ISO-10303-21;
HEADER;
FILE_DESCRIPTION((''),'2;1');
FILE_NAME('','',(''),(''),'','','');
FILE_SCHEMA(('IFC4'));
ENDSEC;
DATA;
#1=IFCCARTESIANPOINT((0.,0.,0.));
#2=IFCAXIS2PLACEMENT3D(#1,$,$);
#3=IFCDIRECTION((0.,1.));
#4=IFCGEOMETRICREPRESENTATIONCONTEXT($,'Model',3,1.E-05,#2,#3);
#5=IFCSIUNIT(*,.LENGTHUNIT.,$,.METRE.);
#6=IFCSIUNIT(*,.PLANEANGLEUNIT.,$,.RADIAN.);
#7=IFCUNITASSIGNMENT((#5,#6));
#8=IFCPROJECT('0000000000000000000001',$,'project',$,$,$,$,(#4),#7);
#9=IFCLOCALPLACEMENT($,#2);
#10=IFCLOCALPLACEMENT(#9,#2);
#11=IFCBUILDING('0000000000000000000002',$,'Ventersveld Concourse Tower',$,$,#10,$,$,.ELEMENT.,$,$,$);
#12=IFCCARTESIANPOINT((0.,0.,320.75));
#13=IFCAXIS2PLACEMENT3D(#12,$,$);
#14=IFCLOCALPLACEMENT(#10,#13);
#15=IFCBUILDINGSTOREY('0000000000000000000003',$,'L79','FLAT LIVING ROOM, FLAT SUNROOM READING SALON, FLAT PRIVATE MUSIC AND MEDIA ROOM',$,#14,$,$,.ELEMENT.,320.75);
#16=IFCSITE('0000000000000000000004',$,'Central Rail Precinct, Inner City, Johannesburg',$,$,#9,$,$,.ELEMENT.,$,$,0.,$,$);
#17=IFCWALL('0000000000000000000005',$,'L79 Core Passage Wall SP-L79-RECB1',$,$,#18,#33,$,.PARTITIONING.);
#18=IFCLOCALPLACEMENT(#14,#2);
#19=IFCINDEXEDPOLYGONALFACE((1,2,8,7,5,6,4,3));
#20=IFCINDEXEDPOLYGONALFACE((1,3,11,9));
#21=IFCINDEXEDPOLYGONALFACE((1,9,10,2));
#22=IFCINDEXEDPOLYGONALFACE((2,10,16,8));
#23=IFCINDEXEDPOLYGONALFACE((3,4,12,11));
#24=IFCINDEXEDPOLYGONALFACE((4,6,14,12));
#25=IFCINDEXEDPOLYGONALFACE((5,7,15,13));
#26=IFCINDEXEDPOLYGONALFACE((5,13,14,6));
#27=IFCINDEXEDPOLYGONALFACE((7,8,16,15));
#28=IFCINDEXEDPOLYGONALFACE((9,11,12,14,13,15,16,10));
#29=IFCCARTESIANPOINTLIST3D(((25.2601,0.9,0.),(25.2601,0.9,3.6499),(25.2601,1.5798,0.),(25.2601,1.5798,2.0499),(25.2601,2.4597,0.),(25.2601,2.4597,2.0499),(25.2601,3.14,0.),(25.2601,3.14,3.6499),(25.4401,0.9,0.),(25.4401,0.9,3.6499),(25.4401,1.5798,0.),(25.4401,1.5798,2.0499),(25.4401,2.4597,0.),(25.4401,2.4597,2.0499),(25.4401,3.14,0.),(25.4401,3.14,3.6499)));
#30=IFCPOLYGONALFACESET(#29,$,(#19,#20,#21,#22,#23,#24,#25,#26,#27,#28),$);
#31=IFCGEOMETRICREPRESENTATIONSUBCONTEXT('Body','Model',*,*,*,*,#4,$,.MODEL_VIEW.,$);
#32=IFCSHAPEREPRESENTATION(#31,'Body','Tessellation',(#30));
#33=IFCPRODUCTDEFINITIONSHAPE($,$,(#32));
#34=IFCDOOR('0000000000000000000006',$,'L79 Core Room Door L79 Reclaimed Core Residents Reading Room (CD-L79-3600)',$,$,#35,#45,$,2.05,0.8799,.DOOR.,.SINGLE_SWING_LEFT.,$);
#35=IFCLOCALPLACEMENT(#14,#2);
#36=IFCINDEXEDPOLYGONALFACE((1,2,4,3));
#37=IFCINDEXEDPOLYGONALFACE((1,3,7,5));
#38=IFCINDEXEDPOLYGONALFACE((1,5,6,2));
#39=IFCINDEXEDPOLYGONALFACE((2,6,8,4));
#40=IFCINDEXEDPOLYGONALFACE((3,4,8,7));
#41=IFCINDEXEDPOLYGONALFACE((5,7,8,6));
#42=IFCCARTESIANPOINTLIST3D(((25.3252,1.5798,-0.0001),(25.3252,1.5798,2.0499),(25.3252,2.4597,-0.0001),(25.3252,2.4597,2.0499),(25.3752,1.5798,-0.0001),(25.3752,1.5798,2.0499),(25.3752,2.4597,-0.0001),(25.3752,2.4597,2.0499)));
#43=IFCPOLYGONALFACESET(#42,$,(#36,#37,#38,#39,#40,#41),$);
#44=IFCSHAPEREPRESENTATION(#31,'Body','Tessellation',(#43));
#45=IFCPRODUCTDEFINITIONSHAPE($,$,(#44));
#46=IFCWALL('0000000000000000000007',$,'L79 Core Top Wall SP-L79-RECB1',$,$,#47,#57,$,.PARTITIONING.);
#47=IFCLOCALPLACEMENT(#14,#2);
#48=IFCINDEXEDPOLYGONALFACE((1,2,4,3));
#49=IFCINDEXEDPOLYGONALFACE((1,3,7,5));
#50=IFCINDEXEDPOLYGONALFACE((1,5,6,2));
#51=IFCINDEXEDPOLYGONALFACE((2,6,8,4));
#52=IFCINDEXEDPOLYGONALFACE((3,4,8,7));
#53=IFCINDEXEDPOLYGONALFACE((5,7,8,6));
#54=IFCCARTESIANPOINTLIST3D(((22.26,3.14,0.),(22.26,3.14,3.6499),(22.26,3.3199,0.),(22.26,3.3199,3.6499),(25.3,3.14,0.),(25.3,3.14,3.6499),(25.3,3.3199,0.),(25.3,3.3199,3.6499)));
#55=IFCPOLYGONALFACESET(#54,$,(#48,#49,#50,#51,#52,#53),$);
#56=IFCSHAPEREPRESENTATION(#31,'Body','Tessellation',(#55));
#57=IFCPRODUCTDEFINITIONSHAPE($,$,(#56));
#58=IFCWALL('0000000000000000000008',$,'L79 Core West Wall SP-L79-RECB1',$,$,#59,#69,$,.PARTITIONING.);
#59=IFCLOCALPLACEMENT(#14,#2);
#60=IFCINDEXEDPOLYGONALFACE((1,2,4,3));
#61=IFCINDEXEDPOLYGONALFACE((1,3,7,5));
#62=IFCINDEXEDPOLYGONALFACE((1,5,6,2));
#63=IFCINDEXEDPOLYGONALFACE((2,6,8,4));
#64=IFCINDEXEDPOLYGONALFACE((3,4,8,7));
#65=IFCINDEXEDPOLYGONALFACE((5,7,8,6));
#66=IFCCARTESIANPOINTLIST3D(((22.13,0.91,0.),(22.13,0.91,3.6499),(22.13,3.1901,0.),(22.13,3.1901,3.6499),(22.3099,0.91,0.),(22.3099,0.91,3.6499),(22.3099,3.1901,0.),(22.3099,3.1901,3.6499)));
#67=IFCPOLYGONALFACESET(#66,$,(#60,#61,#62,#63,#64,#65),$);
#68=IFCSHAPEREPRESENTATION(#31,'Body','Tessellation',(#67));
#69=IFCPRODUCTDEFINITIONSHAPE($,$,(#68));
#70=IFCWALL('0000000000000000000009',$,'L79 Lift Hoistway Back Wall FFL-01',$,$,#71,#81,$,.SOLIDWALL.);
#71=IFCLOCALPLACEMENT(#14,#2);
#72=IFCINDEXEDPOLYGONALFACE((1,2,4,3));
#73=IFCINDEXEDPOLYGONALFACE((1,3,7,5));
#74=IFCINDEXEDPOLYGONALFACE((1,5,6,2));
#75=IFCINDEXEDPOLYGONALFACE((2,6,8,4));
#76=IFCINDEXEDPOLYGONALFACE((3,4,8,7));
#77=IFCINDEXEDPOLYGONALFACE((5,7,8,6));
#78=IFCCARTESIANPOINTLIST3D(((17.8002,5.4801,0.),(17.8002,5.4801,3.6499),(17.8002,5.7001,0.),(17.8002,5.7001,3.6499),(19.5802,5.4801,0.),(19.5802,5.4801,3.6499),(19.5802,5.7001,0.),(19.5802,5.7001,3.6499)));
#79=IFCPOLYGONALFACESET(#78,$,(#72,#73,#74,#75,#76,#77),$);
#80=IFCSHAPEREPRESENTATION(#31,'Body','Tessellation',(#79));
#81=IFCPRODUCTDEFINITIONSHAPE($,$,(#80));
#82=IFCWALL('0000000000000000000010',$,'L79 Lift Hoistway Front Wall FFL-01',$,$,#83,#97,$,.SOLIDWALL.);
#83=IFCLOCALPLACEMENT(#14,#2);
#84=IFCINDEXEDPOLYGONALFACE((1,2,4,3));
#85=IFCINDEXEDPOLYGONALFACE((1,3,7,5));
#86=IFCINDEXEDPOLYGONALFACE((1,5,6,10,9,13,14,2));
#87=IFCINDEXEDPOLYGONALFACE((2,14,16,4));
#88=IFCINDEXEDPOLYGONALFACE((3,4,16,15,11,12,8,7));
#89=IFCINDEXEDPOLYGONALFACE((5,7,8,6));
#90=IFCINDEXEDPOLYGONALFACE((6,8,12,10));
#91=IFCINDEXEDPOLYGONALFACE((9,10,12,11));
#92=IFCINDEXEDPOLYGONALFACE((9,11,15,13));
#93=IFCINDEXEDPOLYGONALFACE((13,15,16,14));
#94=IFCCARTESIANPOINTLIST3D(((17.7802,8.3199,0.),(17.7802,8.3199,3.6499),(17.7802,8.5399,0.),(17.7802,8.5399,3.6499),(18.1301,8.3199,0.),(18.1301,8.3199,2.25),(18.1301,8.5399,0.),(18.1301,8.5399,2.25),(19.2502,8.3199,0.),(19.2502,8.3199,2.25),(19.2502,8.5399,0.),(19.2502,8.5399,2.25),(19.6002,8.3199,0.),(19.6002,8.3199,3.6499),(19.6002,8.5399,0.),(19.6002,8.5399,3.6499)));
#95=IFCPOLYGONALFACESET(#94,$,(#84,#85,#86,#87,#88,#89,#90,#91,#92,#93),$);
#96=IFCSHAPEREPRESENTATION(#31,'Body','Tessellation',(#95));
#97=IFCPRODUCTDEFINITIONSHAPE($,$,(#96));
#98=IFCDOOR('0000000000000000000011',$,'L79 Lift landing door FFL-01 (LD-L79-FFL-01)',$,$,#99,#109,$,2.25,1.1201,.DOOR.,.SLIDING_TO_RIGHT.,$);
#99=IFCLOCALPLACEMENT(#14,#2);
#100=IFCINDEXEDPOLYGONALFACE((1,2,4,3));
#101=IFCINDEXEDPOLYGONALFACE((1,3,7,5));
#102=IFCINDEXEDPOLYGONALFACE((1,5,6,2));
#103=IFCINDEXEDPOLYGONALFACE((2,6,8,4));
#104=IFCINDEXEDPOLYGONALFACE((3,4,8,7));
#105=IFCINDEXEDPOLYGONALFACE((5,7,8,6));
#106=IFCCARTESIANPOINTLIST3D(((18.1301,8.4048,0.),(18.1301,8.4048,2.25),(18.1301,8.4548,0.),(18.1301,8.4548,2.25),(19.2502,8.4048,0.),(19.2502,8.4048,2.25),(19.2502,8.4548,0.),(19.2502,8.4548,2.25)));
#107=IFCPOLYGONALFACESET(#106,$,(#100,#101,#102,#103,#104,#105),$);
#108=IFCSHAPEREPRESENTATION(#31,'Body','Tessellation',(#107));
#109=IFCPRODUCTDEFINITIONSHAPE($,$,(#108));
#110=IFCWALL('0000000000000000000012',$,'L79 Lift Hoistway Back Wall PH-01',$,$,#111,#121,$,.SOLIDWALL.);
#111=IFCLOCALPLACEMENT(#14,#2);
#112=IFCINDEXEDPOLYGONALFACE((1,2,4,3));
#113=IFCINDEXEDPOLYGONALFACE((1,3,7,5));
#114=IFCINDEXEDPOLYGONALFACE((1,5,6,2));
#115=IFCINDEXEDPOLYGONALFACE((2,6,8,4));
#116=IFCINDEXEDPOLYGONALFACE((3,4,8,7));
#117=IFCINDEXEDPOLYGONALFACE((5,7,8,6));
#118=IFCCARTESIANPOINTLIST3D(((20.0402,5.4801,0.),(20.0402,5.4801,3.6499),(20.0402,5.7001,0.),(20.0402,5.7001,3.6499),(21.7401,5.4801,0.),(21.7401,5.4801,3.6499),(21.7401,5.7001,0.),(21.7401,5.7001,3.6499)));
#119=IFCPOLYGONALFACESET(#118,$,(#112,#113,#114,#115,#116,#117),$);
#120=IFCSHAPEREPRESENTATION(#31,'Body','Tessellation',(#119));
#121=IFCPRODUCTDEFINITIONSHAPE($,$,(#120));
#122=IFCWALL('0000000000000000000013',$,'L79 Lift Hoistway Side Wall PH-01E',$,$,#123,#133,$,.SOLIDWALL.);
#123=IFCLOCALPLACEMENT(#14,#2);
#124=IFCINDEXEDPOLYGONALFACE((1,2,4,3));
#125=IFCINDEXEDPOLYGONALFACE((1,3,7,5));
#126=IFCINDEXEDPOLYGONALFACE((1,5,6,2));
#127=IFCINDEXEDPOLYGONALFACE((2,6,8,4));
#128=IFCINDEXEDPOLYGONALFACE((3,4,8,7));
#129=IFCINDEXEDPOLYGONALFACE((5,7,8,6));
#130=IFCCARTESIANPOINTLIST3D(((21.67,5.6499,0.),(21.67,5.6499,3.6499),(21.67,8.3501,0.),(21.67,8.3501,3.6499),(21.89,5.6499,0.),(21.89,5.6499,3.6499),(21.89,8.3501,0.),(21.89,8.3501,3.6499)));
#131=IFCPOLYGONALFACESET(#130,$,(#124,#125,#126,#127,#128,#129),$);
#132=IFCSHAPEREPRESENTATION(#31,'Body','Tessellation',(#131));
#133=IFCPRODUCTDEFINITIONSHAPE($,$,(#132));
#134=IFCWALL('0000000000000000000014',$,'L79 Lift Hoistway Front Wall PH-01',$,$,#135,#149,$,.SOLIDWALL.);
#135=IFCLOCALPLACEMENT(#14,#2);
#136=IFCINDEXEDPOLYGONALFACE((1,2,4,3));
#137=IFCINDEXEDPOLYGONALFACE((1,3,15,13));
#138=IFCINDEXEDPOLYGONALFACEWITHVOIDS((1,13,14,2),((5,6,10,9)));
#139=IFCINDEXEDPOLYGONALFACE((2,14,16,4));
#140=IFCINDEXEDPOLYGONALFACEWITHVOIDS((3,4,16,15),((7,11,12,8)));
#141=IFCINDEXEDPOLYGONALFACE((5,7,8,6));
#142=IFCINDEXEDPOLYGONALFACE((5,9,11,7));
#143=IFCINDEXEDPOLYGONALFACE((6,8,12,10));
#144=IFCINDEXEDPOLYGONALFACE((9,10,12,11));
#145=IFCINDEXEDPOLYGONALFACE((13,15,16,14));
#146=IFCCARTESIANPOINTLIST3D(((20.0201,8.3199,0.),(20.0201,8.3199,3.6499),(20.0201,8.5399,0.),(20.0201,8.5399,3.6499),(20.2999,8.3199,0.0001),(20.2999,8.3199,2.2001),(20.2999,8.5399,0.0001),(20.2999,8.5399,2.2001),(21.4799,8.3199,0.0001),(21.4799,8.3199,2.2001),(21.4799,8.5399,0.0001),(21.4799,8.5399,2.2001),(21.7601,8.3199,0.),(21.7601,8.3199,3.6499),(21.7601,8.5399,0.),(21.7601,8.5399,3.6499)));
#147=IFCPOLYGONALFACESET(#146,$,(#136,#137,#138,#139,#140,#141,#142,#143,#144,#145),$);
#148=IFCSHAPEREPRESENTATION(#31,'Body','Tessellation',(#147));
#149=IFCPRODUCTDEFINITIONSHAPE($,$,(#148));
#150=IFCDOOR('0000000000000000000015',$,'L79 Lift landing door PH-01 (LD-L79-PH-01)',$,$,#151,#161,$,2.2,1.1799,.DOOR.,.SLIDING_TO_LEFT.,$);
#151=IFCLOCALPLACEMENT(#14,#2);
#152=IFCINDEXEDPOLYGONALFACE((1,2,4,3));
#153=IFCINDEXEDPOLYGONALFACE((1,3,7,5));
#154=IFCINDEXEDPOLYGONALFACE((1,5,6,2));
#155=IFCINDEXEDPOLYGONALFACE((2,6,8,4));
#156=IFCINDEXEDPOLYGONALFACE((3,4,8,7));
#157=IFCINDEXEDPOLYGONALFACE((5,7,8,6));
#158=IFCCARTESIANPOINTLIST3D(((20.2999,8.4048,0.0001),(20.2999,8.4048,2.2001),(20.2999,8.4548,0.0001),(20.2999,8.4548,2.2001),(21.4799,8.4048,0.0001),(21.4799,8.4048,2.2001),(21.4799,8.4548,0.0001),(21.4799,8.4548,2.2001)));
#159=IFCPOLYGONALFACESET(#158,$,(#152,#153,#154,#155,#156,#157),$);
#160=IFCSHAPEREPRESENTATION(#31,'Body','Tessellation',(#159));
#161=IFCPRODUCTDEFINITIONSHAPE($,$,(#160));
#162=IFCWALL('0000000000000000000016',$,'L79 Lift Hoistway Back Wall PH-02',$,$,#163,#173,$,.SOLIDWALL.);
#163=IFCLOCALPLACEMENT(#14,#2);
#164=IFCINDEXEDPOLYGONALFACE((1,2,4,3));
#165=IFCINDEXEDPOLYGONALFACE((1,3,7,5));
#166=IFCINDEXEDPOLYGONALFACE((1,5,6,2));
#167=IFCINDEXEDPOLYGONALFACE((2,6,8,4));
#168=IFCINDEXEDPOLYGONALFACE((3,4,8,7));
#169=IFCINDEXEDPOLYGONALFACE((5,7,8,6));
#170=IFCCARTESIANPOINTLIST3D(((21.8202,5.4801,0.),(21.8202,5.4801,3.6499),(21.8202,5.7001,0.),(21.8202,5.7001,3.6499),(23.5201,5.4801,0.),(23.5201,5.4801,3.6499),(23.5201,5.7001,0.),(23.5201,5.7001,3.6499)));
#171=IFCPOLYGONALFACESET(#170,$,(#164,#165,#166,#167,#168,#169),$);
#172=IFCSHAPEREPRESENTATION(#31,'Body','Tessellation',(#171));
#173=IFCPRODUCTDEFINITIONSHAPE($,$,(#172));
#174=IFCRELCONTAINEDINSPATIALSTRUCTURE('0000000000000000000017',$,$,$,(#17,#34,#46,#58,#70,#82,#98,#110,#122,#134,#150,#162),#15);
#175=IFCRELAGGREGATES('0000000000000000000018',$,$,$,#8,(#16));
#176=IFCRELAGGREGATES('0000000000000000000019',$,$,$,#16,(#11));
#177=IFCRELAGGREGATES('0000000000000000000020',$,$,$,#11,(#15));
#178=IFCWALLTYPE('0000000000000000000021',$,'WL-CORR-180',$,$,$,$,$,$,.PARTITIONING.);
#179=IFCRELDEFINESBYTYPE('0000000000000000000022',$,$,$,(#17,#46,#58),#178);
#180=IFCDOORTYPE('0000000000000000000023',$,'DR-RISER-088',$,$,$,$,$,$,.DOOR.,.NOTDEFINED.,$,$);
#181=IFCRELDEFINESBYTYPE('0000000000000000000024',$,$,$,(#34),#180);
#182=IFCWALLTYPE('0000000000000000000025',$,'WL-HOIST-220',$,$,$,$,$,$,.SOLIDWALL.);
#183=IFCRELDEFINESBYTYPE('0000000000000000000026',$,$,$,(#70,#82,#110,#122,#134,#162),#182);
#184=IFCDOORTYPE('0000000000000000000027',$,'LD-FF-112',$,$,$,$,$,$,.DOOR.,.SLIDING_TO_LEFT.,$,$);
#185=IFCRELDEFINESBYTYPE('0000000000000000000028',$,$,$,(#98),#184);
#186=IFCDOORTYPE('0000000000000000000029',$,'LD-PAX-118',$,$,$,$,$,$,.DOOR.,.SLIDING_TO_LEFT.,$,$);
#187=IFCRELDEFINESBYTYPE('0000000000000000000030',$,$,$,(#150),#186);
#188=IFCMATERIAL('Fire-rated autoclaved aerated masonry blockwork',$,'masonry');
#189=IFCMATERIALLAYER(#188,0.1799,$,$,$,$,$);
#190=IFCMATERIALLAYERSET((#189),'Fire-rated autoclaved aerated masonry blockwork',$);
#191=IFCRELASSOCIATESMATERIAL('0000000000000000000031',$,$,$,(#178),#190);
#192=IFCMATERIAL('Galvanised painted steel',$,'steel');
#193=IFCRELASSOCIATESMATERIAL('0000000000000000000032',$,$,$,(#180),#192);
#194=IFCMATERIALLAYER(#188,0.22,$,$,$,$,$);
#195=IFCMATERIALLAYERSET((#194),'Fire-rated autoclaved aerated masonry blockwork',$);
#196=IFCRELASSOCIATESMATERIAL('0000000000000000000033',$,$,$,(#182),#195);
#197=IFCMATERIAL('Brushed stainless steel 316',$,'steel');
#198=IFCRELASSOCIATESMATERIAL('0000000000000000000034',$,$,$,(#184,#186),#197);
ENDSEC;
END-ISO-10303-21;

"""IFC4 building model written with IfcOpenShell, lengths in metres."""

from ifc_helpers import new_model, si_unit, direction, frame, frame_2d, origin, place, context, subcontext, project, spatial, rectangle, extrude, material, layer, layer_set, type_object, element, fill, save


model = new_model("IFC4")

# Units and contexts
model_context = context("Model", 3, precision=1e-05, world=origin(), true_north=direction((0.0, 1.0)))
body_context = subcontext(model_context, "Body", "Model", "MODEL_VIEW")
ifc_project = project(units=[si_unit("LENGTHUNIT", "METRE"), si_unit("PLANEANGLEUNIT", "RADIAN")], contexts=[model_context])

# Site, building, storey
site_placement = place(None, origin())
site = spatial("IfcSite", under=ifc_project, at=site_placement, Name="Central Rail Precinct, Inner City, Johannesburg", CompositionType="ELEMENT", RefElevation=0.0)
building_placement = place(site_placement, origin())
building = spatial("IfcBuilding", under=site, at=building_placement, Name="Ventersveld Concourse Tower", CompositionType="ELEMENT")
storey_placement = place(building_placement, frame((0.0, 0.0, 320.75)))
storey = spatial("IfcBuildingStorey", under=building, at=storey_placement, Name="L79", Description="FLAT LIVING ROOM, FLAT SUNROOM READING SALON, FLAT PRIVATE MUSIC AND MEDIA ROOM", CompositionType="ELEMENT", Elevation=320.75)

# Wall, opening, door
ifc_material_1 = material(Name="Fire-rated autoclaved aerated masonry blockwork", Category="masonry")
ifc_layer_1 = layer(ifc_material_1, 0.1799)
ifc_layer_set_1 = layer_set([ifc_layer_1], Name="Fire-rated autoclaved aerated masonry blockwork")
wall_type_1 = type_object("IfcWallType", Name="WL-CORR-180", PredefinedType="PARTITIONING", material=ifc_layer_set_1)
wall_1_placement = place(storey_placement, frame((25.3501, 0.8999, 0.0), z_axis=(0.0, 0.0, 1.0), x_axis=(0.0, 1.0, 0.0)))
wall_1 = element("IfcWall", 1, at=wall_1_placement, inside=storey, type_object=wall_type_1, Name="L79 Core Passage Wall SP-L79-RECB1", PredefinedType="PARTITIONING", context=body_context, shape_type="SweptSolid", body=[
    extrude(rectangle(XDim=2.24, YDim=0.1799, at=frame_2d((1.1201, 0.0))), origin(), (0.0, 0.0, 1.0), 3.6499),
])
opening_1_placement = place(wall_1_placement, frame((0.6799, 0.0, 0.0)))
opening_1 = element("IfcOpeningElement", 2, at=opening_1_placement, cuts=wall_1, PredefinedType="OPENING", context=body_context, shape_type="SweptSolid", body=[
    extrude(rectangle(XDim=0.8799, YDim=2.05, at=frame_2d((0.4399, 1.0249))), frame((0.0, 0.1001, 0.0), z_axis=(0.0, -1.0, 0.0), x_axis=(1.0, 0.0, 0.0)), (0.0, 0.0, 1.0), 0.2),
])
ifc_material_2 = material(Name="Galvanised painted steel", Category="steel")
door_type_1 = type_object("IfcDoorType", Name="DR-RISER-088", OperationType="NOTDEFINED", PredefinedType="DOOR", material=ifc_material_2)
door_1_placement = place(opening_1_placement, origin())
door_1 = element("IfcDoor", 3, at=door_1_placement, inside=storey, type_object=door_type_1, Name="L79 Core Room Door L79 Reclaimed Core Residents Reading Room (CD-L79-3600)", OperationType="SINGLE_SWING_LEFT", OverallHeight=2.05, OverallWidth=0.8799, PredefinedType="DOOR", context=body_context, shape_type="SweptSolid", body=[
    extrude(rectangle(XDim=0.8799, YDim=2.05, at=frame_2d((0.4399, 1.0249))), frame((0.0, 0.0249, 0.0), z_axis=(0.0, -1.0, 0.0), x_axis=(1.0, 0.0, 0.0)), (0.0, 0.0, 1.0), 0.05),
])
fill(opening_1, door_1)

# Walls
wall_2_placement = place(storey_placement, frame((22.26, 3.23, 0.0), z_axis=(0.0, 0.0, 1.0), x_axis=(1.0, 0.0, 0.0)))
element("IfcWall", 4, at=wall_2_placement, inside=storey, type_object=wall_type_1, Name="L79 Core Top Wall SP-L79-RECB1", PredefinedType="PARTITIONING", context=body_context, shape_type="SweptSolid", body=[
    extrude(rectangle(XDim=3.04, YDim=0.1799, at=frame_2d((1.52, 0.0))), origin(), (0.0, 0.0, 1.0), 3.6499),
])
wall_3_placement = place(storey_placement, frame((22.22, 0.9099, 0.0), z_axis=(0.0, 0.0, 1.0), x_axis=(0.0, 1.0, 0.0)))
element("IfcWall", 5, at=wall_3_placement, inside=storey, type_object=wall_type_1, Name="L79 Core West Wall SP-L79-RECB1", PredefinedType="PARTITIONING", context=body_context, shape_type="SweptSolid", body=[
    extrude(rectangle(XDim=2.28, YDim=0.1799, at=frame_2d((1.1401, 0.0))), origin(), (0.0, 0.0, 1.0), 3.6499),
])
ifc_layer_2 = layer(ifc_material_1, 0.22)
ifc_layer_set_2 = layer_set([ifc_layer_2], Name="Fire-rated autoclaved aerated masonry blockwork")
wall_type_2 = type_object("IfcWallType", Name="WL-HOIST-220", PredefinedType="SOLIDWALL", material=ifc_layer_set_2)
wall_4_placement = place(storey_placement, frame((17.8, 5.5901, 0.0), z_axis=(0.0, 0.0, 1.0), x_axis=(1.0, 0.0, 0.0)))
element("IfcWall", 6, at=wall_4_placement, inside=storey, type_object=wall_type_2, Name="L79 Lift Hoistway Back Wall FFL-01", PredefinedType="SOLIDWALL", context=body_context, shape_type="SweptSolid", body=[
    extrude(rectangle(XDim=1.78, YDim=0.22, at=frame_2d((0.8901, 0.0))), origin(), (0.0, 0.0, 1.0), 3.6499),
])

# Wall, opening, door
wall_5_placement = place(storey_placement, frame((17.78, 8.4299, 0.0), z_axis=(0.0, 0.0, 1.0), x_axis=(1.0, 0.0, 0.0)))
wall_5 = element("IfcWall", 7, at=wall_5_placement, inside=storey, type_object=wall_type_2, Name="L79 Lift Hoistway Front Wall FFL-01", PredefinedType="SOLIDWALL", context=body_context, shape_type="SweptSolid", body=[
    extrude(rectangle(XDim=1.8201, YDim=0.22, at=frame_2d((0.9102, 0.0))), origin(), (0.0, 0.0, 1.0), 3.6499),
])
opening_2_placement = place(wall_5_placement, frame((0.3501, 0.0, 0.0)))
opening_2 = element("IfcOpeningElement", 8, at=opening_2_placement, cuts=wall_5, PredefinedType="OPENING", context=body_context, shape_type="SweptSolid", body=[
    extrude(rectangle(XDim=1.1201, YDim=2.25, at=frame_2d((0.5601, 1.125))), frame((0.0, 0.1201, 0.0), z_axis=(0.0, -1.0, 0.0), x_axis=(1.0, 0.0, 0.0)), (0.0, 0.0, 1.0), 0.24),
])
ifc_material_3 = material(Name="Brushed stainless steel 316", Category="steel")
door_type_2 = type_object("IfcDoorType", Name="LD-FF-112", OperationType="SLIDING_TO_LEFT", PredefinedType="DOOR", material=ifc_material_3)
door_2_placement = place(opening_2_placement, origin())
door_2 = element("IfcDoor", 9, at=door_2_placement, inside=storey, type_object=door_type_2, Name="L79 Lift landing door FFL-01 (LD-L79-FFL-01)", OperationType="SLIDING_TO_RIGHT", OverallHeight=2.25, OverallWidth=1.1201, PredefinedType="DOOR", context=body_context, shape_type="SweptSolid", body=[
    extrude(rectangle(XDim=1.1201, YDim=2.25, at=frame_2d((0.5601, 1.125))), frame((0.0, 0.0249, 0.0), z_axis=(0.0, -1.0, 0.0), x_axis=(1.0, 0.0, 0.0)), (0.0, 0.0, 1.0), 0.05),
])
fill(opening_2, door_2)

# Walls
wall_6_placement = place(storey_placement, frame((20.04, 5.5901, 0.0), z_axis=(0.0, 0.0, 1.0), x_axis=(1.0, 0.0, 0.0)))
element("IfcWall", 10, at=wall_6_placement, inside=storey, type_object=wall_type_2, Name="L79 Lift Hoistway Back Wall PH-01", PredefinedType="SOLIDWALL", context=body_context, shape_type="SweptSolid", body=[
    extrude(rectangle(XDim=1.7, YDim=0.22, at=frame_2d((0.8501, 0.0))), origin(), (0.0, 0.0, 1.0), 3.6499),
])
wall_7_placement = place(storey_placement, frame((21.78, 5.6499, 0.0), z_axis=(0.0, 0.0, 1.0), x_axis=(0.0, 1.0, 0.0)))
element("IfcWall", 11, at=wall_7_placement, inside=storey, type_object=wall_type_2, Name="L79 Lift Hoistway Side Wall PH-01E", PredefinedType="SOLIDWALL", context=body_context, shape_type="SweptSolid", body=[
    extrude(rectangle(XDim=2.7002, YDim=0.22, at=frame_2d((1.3501, 0.0))), origin(), (0.0, 0.0, 1.0), 3.6499),
])

# Wall, opening, door
wall_8_placement = place(storey_placement, frame((20.02, 8.4299, 0.0), z_axis=(0.0, 0.0, 1.0), x_axis=(1.0, 0.0, 0.0)))
wall_8 = element("IfcWall", 12, at=wall_8_placement, inside=storey, type_object=wall_type_2, Name="L79 Lift Hoistway Front Wall PH-01", PredefinedType="SOLIDWALL", context=body_context, shape_type="SweptSolid", body=[
    extrude(rectangle(XDim=1.74, YDim=0.22, at=frame_2d((0.8701, 0.0))), origin(), (0.0, 0.0, 1.0), 3.6499),
])
opening_3_placement = place(wall_8_placement, frame((0.28, 0.0, 0.0)))
opening_3 = element("IfcOpeningElement", 13, at=opening_3_placement, cuts=wall_8, PredefinedType="OPENING", context=body_context, shape_type="SweptSolid", body=[
    extrude(rectangle(XDim=1.1799, YDim=2.2, at=frame_2d((0.5898, 1.1001))), frame((0.0, 0.1201, 0.0), z_axis=(0.0, -1.0, 0.0), x_axis=(1.0, 0.0, 0.0)), (0.0, 0.0, 1.0), 0.24),
])
door_type_3 = type_object("IfcDoorType", Name="LD-PAX-118", OperationType="SLIDING_TO_LEFT", PredefinedType="DOOR", material=ifc_material_3)
door_3_placement = place(opening_3_placement, origin())
door_3 = element("IfcDoor", 14, at=door_3_placement, inside=storey, type_object=door_type_3, Name="L79 Lift landing door PH-01 (LD-L79-PH-01)", OperationType="SLIDING_TO_LEFT", OverallHeight=2.2, OverallWidth=1.1799, PredefinedType="DOOR", context=body_context, shape_type="SweptSolid", body=[
    extrude(rectangle(XDim=1.1799, YDim=2.2, at=frame_2d((0.5898, 1.1001))), frame((0.0, 0.0249, 0.0), z_axis=(0.0, -1.0, 0.0), x_axis=(1.0, 0.0, 0.0)), (0.0, 0.0, 1.0), 0.05),
])
fill(opening_3, door_3)

# Wall
wall_9_placement = place(storey_placement, frame((21.8201, 5.5901, 0.0), z_axis=(0.0, 0.0, 1.0), x_axis=(1.0, 0.0, 0.0)))
element("IfcWall", 15, at=wall_9_placement, inside=storey, type_object=wall_type_2, Name="L79 Lift Hoistway Back Wall PH-02", PredefinedType="SOLIDWALL", context=body_context, shape_type="SweptSolid", body=[
    extrude(rectangle(XDim=1.7, YDim=0.22, at=frame_2d((0.8501, 0.0))), origin(), (0.0, 0.0, 1.0), 3.6499),
])

save(model, "model.ifc")
